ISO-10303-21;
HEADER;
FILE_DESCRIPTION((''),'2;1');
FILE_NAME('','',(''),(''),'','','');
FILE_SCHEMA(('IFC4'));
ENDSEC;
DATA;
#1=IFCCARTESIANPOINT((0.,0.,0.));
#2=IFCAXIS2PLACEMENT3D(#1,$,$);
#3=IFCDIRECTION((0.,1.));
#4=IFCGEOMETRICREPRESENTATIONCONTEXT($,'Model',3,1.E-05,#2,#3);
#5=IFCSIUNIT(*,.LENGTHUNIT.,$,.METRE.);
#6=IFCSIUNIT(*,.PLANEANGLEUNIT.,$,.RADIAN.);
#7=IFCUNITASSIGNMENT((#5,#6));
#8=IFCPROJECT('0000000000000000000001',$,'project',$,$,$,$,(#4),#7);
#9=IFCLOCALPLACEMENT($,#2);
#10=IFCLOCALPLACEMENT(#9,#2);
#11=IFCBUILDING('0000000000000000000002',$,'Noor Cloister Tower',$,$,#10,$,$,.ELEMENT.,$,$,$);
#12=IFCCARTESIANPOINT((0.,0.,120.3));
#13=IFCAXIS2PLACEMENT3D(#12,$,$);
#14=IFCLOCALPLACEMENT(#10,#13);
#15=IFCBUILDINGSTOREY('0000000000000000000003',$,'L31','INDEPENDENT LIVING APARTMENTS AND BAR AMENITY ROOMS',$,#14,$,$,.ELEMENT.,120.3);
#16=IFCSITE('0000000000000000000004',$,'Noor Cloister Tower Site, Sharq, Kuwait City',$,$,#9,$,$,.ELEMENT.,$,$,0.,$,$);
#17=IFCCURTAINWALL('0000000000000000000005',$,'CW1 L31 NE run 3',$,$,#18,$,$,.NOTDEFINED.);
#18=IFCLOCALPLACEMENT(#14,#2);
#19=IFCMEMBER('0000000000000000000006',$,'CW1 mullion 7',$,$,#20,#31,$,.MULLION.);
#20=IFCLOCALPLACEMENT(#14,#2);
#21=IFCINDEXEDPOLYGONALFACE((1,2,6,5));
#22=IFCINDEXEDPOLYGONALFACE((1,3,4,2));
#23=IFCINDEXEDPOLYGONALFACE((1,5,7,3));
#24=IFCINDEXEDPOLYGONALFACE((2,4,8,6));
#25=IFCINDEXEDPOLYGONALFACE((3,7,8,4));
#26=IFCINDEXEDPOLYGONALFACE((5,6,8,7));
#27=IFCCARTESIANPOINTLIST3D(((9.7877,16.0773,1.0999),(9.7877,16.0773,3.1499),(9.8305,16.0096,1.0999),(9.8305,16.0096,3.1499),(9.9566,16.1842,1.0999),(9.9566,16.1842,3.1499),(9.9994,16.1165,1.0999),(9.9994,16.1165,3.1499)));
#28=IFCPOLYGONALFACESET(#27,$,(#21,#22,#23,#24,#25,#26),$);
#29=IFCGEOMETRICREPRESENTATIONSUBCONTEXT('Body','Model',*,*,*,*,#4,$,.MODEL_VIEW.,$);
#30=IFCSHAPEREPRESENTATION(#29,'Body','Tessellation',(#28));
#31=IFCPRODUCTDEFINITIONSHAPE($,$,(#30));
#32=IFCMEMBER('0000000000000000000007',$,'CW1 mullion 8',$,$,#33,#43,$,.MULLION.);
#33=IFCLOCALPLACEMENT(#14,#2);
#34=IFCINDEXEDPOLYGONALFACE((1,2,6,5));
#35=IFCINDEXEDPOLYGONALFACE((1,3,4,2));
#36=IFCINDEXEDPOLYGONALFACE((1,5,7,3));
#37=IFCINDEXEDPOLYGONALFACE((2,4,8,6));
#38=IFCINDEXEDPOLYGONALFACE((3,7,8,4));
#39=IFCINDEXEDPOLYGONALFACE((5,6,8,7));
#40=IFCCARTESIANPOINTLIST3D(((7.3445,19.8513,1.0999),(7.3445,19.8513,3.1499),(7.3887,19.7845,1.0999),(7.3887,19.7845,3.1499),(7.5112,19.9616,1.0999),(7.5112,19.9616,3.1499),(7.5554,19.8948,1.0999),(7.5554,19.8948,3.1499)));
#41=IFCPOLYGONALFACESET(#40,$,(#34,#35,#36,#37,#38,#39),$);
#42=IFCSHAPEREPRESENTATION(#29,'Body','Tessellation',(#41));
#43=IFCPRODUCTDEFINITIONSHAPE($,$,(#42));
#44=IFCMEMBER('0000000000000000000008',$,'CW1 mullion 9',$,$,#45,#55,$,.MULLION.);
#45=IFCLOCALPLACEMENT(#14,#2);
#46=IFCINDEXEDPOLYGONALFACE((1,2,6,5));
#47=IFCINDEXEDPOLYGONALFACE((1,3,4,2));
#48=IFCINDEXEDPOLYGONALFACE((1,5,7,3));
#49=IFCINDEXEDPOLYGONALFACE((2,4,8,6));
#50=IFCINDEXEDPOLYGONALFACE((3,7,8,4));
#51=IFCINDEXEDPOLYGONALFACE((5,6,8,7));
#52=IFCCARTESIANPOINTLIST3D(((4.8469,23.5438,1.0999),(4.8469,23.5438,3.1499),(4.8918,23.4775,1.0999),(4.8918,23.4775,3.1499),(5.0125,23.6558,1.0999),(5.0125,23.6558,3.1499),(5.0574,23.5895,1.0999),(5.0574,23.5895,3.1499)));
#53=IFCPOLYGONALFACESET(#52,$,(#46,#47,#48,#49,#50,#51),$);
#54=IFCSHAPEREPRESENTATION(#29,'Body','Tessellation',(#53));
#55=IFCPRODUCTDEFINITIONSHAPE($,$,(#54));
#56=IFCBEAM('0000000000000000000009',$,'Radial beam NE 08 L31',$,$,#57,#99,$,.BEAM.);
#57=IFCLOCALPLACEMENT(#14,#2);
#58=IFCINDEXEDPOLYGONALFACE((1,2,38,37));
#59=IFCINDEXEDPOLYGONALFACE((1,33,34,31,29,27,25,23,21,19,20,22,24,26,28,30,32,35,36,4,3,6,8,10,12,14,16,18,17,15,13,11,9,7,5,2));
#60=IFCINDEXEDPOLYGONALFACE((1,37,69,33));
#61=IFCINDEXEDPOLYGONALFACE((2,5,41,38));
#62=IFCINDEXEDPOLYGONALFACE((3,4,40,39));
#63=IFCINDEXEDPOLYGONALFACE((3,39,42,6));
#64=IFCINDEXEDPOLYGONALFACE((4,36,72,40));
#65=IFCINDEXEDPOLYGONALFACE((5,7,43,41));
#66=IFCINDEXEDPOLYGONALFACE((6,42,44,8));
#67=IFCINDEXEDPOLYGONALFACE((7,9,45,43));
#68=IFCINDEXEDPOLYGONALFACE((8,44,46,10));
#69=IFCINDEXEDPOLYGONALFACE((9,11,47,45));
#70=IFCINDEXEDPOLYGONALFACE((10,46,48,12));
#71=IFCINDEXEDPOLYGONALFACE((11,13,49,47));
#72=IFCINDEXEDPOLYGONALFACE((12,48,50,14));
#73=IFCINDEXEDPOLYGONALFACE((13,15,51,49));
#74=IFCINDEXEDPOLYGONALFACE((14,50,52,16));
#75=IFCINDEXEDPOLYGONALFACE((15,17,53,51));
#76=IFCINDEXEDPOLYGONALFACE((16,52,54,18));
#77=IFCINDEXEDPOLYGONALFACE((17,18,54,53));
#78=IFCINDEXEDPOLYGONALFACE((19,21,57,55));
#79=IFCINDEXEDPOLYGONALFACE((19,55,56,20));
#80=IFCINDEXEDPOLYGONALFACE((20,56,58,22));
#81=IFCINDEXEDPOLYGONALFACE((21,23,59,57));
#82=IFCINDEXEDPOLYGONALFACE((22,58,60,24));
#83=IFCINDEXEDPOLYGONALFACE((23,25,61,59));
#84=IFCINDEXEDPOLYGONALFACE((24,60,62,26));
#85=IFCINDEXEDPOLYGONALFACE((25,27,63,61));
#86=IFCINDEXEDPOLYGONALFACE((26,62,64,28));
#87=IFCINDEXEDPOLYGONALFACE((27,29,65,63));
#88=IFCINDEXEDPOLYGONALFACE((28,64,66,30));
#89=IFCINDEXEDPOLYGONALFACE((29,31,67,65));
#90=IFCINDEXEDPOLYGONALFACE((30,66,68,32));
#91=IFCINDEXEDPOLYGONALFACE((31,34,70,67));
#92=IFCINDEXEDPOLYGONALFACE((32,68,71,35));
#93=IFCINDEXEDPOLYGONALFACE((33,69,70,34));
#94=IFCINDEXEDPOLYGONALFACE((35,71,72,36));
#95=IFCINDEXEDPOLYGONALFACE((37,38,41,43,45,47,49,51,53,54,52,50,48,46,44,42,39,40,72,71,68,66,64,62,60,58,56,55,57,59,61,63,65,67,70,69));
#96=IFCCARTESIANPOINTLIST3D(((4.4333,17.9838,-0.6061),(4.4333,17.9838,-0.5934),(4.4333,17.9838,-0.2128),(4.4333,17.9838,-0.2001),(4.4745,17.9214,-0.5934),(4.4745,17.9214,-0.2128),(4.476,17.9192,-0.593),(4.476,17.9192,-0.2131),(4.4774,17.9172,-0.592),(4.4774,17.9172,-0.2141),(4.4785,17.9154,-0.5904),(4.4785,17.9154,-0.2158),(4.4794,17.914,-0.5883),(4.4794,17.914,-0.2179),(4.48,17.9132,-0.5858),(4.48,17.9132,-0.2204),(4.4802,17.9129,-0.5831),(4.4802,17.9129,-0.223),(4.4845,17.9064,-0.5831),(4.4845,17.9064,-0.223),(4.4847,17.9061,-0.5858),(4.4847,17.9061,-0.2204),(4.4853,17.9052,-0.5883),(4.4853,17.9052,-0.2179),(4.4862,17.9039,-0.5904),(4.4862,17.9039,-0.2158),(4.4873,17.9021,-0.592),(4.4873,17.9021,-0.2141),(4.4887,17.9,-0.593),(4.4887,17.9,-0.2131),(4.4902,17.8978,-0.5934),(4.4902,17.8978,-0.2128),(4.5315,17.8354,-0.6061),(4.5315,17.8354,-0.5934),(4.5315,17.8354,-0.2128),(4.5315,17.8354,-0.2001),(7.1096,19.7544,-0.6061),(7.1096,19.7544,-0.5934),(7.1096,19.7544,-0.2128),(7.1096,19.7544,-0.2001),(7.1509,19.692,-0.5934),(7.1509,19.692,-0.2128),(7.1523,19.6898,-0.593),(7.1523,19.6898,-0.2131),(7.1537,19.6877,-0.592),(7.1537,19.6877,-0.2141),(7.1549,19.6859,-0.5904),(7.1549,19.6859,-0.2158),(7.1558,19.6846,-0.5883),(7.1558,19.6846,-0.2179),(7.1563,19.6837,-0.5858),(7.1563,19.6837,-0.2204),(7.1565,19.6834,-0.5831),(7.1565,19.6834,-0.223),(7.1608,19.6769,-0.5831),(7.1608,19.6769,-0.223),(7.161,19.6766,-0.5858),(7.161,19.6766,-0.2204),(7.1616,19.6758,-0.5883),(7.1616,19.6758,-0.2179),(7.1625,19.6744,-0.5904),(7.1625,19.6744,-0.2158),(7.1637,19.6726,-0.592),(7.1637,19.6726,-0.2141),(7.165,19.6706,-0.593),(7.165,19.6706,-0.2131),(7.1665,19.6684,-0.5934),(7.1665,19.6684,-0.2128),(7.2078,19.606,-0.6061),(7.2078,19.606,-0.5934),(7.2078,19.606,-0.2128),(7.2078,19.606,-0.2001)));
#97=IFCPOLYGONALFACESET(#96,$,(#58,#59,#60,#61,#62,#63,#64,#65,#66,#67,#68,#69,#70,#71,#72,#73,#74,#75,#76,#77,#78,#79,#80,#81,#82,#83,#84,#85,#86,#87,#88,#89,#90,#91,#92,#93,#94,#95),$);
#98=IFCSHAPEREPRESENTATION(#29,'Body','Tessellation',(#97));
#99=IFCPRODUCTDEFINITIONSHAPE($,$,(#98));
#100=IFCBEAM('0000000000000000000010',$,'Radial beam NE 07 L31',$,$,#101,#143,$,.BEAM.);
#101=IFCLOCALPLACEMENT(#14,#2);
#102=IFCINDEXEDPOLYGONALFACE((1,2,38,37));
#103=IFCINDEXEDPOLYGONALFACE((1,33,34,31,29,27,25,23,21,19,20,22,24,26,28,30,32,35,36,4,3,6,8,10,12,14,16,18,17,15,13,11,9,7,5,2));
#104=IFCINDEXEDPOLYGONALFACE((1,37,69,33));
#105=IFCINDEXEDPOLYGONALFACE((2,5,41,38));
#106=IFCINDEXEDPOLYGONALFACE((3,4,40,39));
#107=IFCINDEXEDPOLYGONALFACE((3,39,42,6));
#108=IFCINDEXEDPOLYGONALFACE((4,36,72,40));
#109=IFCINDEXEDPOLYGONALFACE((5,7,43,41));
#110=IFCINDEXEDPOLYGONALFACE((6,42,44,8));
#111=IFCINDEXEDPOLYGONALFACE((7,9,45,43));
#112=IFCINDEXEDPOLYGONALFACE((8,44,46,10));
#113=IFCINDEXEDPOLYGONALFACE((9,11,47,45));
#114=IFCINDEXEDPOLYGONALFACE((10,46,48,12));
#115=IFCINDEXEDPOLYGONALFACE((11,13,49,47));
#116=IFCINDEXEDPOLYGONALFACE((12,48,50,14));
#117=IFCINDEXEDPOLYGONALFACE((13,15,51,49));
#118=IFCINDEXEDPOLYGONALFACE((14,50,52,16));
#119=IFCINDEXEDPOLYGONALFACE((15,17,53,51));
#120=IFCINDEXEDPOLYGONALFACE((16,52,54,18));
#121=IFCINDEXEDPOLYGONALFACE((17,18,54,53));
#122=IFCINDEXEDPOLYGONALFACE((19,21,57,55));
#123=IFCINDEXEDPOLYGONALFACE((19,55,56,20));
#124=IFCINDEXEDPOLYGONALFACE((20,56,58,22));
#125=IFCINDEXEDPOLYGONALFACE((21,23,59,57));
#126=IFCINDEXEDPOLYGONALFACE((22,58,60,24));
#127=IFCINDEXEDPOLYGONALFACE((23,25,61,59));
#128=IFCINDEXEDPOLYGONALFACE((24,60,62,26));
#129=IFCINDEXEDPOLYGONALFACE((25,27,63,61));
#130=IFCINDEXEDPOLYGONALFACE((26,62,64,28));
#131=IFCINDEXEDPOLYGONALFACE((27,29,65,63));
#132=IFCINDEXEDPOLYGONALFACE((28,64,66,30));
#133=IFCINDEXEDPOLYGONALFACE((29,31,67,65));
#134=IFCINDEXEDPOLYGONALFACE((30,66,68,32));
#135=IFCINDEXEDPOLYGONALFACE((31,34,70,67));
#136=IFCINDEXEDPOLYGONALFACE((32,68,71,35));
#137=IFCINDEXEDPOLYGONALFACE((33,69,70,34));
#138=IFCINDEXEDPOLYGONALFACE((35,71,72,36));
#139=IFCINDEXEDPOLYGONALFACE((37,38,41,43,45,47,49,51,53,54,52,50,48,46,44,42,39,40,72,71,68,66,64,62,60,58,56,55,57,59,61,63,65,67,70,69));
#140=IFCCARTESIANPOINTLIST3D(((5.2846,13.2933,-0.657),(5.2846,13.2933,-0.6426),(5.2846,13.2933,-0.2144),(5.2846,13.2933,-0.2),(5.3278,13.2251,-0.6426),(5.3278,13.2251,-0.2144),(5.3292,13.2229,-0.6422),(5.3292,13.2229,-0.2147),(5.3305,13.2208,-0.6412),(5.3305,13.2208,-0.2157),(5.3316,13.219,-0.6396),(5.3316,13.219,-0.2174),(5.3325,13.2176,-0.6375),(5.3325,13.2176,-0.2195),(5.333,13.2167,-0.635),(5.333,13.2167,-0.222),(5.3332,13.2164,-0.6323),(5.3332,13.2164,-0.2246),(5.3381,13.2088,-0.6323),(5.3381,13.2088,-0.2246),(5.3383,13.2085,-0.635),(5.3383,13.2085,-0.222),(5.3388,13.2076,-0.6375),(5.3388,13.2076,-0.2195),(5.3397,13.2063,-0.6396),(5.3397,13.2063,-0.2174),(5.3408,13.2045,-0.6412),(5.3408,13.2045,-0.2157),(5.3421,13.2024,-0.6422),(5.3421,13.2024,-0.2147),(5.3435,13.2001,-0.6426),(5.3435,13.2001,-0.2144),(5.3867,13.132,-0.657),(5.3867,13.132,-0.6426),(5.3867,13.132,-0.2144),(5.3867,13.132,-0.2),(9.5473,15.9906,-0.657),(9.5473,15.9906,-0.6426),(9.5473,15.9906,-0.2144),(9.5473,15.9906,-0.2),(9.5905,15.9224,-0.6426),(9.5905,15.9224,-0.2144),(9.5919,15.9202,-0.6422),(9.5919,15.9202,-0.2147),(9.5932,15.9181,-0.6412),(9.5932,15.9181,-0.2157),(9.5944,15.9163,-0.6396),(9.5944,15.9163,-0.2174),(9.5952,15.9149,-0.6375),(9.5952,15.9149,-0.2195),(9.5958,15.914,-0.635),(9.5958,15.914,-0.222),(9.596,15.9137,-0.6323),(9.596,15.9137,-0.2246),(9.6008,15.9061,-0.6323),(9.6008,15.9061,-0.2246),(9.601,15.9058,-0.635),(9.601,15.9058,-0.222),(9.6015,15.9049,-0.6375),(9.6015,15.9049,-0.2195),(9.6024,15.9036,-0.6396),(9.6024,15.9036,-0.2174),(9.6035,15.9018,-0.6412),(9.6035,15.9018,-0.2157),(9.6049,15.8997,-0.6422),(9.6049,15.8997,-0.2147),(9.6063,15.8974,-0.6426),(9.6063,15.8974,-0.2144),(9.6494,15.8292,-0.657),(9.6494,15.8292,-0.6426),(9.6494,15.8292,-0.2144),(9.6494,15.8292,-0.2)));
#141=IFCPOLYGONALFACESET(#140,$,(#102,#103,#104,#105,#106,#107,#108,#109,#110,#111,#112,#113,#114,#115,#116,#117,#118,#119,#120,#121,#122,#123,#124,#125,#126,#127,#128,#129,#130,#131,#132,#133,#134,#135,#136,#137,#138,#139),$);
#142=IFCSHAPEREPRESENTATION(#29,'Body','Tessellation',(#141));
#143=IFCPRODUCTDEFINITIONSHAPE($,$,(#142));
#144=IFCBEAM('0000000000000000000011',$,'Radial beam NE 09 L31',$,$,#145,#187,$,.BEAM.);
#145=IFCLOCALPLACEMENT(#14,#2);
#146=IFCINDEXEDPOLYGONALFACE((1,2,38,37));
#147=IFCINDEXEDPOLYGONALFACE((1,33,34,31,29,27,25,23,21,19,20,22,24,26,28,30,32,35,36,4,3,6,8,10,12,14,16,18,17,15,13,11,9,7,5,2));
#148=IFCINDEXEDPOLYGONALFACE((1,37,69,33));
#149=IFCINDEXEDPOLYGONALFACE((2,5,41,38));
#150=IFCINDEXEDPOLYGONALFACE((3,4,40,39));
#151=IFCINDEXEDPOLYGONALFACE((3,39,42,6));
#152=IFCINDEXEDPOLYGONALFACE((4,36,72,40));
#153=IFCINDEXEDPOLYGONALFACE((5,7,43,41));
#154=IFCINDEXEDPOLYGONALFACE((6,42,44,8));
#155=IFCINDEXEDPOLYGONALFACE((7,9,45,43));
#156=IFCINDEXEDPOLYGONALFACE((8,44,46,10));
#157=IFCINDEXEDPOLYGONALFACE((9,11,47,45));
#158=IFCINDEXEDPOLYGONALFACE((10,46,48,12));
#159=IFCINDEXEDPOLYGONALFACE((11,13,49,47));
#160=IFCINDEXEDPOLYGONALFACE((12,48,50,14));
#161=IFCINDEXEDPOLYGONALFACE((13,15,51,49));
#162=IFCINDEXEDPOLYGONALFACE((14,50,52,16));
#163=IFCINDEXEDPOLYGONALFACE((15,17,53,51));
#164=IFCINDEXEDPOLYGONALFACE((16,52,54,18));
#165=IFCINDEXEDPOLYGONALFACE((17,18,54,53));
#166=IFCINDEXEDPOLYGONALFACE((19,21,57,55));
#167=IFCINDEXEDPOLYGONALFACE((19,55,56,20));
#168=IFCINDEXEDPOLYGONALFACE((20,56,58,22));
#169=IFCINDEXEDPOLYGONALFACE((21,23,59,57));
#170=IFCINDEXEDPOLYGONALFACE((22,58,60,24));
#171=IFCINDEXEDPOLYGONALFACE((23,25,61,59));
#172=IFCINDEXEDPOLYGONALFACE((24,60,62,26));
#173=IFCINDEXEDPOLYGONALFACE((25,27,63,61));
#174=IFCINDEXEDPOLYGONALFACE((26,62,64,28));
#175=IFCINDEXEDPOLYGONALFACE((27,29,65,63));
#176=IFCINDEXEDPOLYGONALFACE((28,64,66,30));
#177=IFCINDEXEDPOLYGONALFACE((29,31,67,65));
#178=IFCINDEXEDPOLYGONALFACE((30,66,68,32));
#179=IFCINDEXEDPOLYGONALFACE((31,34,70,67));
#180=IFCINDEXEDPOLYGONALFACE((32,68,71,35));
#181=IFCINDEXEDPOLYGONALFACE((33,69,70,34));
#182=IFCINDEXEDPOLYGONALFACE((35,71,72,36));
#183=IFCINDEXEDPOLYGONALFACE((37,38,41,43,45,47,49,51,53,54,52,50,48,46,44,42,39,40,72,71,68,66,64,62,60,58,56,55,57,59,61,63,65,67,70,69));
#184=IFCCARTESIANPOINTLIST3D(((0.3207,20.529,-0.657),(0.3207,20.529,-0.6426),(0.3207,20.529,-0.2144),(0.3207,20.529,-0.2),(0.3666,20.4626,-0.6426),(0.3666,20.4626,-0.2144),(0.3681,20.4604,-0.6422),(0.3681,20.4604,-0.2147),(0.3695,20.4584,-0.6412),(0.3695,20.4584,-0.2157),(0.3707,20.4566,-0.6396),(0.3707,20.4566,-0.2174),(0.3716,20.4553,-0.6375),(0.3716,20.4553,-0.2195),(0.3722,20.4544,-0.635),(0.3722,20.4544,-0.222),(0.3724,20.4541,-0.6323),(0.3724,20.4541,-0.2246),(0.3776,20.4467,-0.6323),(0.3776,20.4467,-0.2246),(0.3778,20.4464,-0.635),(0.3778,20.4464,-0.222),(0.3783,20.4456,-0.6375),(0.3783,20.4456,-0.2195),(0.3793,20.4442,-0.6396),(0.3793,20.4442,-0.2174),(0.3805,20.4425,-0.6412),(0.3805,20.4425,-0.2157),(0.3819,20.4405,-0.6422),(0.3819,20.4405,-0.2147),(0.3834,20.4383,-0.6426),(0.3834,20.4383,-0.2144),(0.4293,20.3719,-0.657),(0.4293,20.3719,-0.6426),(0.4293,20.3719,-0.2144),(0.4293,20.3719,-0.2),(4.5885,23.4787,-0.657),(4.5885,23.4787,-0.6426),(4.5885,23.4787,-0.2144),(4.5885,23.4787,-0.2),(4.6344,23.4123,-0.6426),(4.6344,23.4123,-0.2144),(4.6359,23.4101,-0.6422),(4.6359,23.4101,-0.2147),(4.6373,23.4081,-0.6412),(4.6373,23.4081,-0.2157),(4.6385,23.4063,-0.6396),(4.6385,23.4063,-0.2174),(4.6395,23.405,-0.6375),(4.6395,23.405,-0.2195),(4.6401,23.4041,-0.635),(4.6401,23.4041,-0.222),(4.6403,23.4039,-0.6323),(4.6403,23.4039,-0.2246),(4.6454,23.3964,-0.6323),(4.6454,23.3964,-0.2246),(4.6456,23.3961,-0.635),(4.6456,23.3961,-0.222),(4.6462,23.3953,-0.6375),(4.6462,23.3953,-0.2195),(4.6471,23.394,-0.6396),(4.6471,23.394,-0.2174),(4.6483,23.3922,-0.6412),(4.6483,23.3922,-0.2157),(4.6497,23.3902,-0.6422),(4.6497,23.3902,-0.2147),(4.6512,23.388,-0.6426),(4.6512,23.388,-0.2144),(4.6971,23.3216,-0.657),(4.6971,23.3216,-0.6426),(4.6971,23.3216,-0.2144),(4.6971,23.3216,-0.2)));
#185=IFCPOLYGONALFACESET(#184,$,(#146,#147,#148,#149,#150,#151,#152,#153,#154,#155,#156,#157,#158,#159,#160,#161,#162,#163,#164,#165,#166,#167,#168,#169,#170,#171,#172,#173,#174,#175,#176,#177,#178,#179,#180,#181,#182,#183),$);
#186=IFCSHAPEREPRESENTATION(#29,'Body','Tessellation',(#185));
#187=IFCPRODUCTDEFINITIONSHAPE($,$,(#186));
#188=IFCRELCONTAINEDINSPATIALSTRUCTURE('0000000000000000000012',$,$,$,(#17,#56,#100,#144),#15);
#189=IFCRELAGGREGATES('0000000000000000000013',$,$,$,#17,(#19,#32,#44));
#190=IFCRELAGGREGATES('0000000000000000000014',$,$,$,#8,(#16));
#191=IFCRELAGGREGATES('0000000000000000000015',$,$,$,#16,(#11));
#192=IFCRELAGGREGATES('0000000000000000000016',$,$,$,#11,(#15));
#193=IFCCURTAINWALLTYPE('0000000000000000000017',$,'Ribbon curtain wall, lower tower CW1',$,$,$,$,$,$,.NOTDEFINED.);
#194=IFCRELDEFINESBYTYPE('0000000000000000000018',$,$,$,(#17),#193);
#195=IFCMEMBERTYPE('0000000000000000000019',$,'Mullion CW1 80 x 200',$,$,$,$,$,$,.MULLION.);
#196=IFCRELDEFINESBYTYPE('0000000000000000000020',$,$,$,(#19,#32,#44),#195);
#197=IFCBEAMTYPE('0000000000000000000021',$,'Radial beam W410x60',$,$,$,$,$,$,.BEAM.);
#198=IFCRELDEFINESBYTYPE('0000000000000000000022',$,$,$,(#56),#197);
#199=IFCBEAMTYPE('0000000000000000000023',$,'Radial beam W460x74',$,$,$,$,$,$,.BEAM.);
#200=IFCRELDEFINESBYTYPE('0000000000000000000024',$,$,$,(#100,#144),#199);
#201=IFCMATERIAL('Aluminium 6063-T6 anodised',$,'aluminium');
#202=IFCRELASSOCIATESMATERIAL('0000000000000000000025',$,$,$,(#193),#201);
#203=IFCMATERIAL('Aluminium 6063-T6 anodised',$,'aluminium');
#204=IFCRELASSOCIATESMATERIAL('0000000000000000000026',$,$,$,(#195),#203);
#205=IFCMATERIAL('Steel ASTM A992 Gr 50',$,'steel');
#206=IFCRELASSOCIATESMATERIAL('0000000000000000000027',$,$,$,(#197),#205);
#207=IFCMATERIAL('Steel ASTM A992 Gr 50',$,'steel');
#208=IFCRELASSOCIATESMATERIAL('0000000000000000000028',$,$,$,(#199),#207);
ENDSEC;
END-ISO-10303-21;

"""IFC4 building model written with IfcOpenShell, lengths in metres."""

from ifc_helpers import new_model, si_unit, direction, frame, origin, origin_2d, place, context, subcontext, project, spatial, rectangle, i_section, extrude, material, material_profile, profile_set, type_object, element, aggregate, save


model = new_model("IFC4")

# Units and contexts
model_context = context("Model", 3, precision=1e-05, world=origin(), true_north=direction((0.0, 1.0)))
body_context = subcontext(model_context, "Body", "Model", "MODEL_VIEW")
ifc_project = project(units=[si_unit("LENGTHUNIT", "METRE"), si_unit("PLANEANGLEUNIT", "RADIAN")], contexts=[model_context])

# Site, building, storey
site_placement = place(None, origin())
site = spatial("IfcSite", under=ifc_project, at=site_placement, Name="Noor Cloister Tower Site, Sharq, Kuwait City", CompositionType="ELEMENT", RefElevation=0.0)
building_placement = place(site_placement, origin())
building = spatial("IfcBuilding", under=site, at=building_placement, Name="Noor Cloister Tower", CompositionType="ELEMENT")
storey_placement = place(building_placement, frame((0.0, 0.0, 120.3)))
storey = spatial("IfcBuildingStorey", under=building, at=storey_placement, Name="L31", Description="INDEPENDENT LIVING APARTMENTS AND BAR AMENITY ROOMS", CompositionType="ELEMENT", Elevation=120.3)

# Curtain wall, members
ifc_material_1 = material(Name="Aluminium 6063-T6 anodised", Category="aluminium")
curtain_wall_type = type_object("IfcCurtainWallType", Name="Ribbon curtain wall, lower tower CW1", PredefinedType="NOTDEFINED", material=ifc_material_1)
curtain_wall_placement = place(storey_placement, origin())
curtain_wall = element("IfcCurtainWall", 1, at=curtain_wall_placement, inside=storey, type_object=curtain_wall_type, Name="CW1 L31 NE run 3", PredefinedType="NOTDEFINED")
ifc_material_2 = material(Name="Aluminium 6063-T6 anodised", Category="aluminium")
ifc_material_profile_1 = material_profile(ifc_material_2, rectangle(XDim=0.2, YDim=0.0801, at=origin_2d()), Name="200 x 80 mullion")
ifc_profile_set_1 = profile_set([ifc_material_profile_1], Name="Aluminium 6063-T6 anodised")
member_type = type_object("IfcMemberType", Name="Mullion CW1 80 x 200", PredefinedType="MULLION", material=ifc_profile_set_1)
member_1_placement = place(storey_placement, frame((9.8936, 16.0969, 1.0999), z_axis=(0.0, 0.0, 1.0), x_axis=(-0.845023, -0.53473, 0.0)))
member_1 = element("IfcMember", 2, at=member_1_placement, type_object=member_type, Name="CW1 mullion 7", PredefinedType="MULLION", context=body_context, shape_type="SweptSolid", body=[
    extrude(rectangle(XDim=0.2, YDim=0.0801, at=origin_2d()), origin(), (0.0, 0.0, 1.0), 2.05),
])
member_2_placement = place(storey_placement, frame((7.45, 19.873, 1.0999), z_axis=(0.0, 0.0, 1.0), x_axis=(-0.833997, -0.551768, 0.0)))
member_2 = element("IfcMember", 3, at=member_2_placement, type_object=member_type, Name="CW1 mullion 8", PredefinedType="MULLION", context=body_context, shape_type="SweptSolid", body=[
    extrude(rectangle(XDim=0.2, YDim=0.0801, at=origin_2d()), origin(), (0.0, 0.0, 1.0), 2.05),
])
member_3_placement = place(storey_placement, frame((4.9521, 23.5667, 1.0999), z_axis=(0.0, 0.0, 1.0), x_axis=(-0.828356, -0.560203, 0.0)))
member_3 = element("IfcMember", 4, at=member_3_placement, type_object=member_type, Name="CW1 mullion 9", PredefinedType="MULLION", context=body_context, shape_type="SweptSolid", body=[
    extrude(rectangle(XDim=0.2, YDim=0.0801, at=origin_2d()), origin(), (0.0, 0.0, 1.0), 2.05),
])

# Beams
ifc_material_3 = material(Name="Steel ASTM A992 Gr 50", Category="steel")
ifc_material_profile_2 = material_profile(ifc_material_3, i_section(OverallWidth=0.178, OverallDepth=0.406, WebThickness=0.0078, FlangeThickness=0.0127, FilletRadius=0.0103, at=origin_2d()), Name="W410x60")
ifc_profile_set_2 = profile_set([ifc_material_profile_2], Name="Steel ASTM A992 Gr 50")
beam_type_1 = type_object("IfcBeamType", Name="Radial beam W410x60", PredefinedType="BEAM", material=ifc_profile_set_2)
beam_1_placement = place(storey_placement, frame((7.1587, 19.6802, -0.4031), z_axis=(-0.834011, -0.551747, 0.0), x_axis=(0.551747, -0.834011, 0.0)))
element("IfcBeam", 5, at=beam_1_placement, inside=storey, type_object=beam_type_1, Name="Radial beam NE 08 L31", PredefinedType="BEAM", context=body_context, shape_type="SweptSolid", body=[
    extrude(i_section(OverallWidth=0.178, OverallDepth=0.406, WebThickness=0.0078, FlangeThickness=0.0127, FilletRadius=0.0103, at=origin_2d()), origin(), (0.0, 0.0, 1.0), 3.209),
])
ifc_material_4 = material(Name="Steel ASTM A992 Gr 50", Category="steel")
ifc_material_profile_3 = material_profile(ifc_material_4, i_section(OverallWidth=0.1909, OverallDepth=0.457, WebThickness=0.009, FlangeThickness=0.0144, FilletRadius=0.0103, at=origin_2d()), Name="W460x74")
ifc_profile_set_3 = profile_set([ifc_material_profile_3], Name="Steel ASTM A992 Gr 50")
beam_type_2 = type_object("IfcBeamType", Name="Radial beam W460x74", PredefinedType="BEAM", material=ifc_profile_set_3)
beam_2_placement = place(storey_placement, frame((9.5984, 15.9099, -0.4285), z_axis=(-0.845038, -0.534707, 0.0), x_axis=(0.534707, -0.845038, 0.0)))
element("IfcBeam", 6, at=beam_2_placement, inside=storey, type_object=beam_type_2, Name="Radial beam NE 07 L31", PredefinedType="BEAM", context=body_context, shape_type="SweptSolid", body=[
    extrude(i_section(OverallWidth=0.1909, OverallDepth=0.457, WebThickness=0.009, FlangeThickness=0.0144, FilletRadius=0.0103, at=origin_2d()), origin(), (0.0, 0.0, 1.0), 5.0444),
])
beam_3_placement = place(storey_placement, frame((4.6428, 23.4001, -0.4285), z_axis=(-0.822637, -0.568566, 0.0), x_axis=(0.568566, -0.822637, 0.0)))
element("IfcBeam", 7, at=beam_3_placement, inside=storey, type_object=beam_type_2, Name="Radial beam NE 09 L31", PredefinedType="BEAM", context=body_context, shape_type="SweptSolid", body=[
    extrude(i_section(OverallWidth=0.1909, OverallDepth=0.457, WebThickness=0.009, FlangeThickness=0.0144, FilletRadius=0.0103, at=origin_2d()), origin(), (0.0, 0.0, 1.0), 5.188),
])

aggregate(curtain_wall, [member_1, member_2, member_3])

save(model, "model.ifc")
